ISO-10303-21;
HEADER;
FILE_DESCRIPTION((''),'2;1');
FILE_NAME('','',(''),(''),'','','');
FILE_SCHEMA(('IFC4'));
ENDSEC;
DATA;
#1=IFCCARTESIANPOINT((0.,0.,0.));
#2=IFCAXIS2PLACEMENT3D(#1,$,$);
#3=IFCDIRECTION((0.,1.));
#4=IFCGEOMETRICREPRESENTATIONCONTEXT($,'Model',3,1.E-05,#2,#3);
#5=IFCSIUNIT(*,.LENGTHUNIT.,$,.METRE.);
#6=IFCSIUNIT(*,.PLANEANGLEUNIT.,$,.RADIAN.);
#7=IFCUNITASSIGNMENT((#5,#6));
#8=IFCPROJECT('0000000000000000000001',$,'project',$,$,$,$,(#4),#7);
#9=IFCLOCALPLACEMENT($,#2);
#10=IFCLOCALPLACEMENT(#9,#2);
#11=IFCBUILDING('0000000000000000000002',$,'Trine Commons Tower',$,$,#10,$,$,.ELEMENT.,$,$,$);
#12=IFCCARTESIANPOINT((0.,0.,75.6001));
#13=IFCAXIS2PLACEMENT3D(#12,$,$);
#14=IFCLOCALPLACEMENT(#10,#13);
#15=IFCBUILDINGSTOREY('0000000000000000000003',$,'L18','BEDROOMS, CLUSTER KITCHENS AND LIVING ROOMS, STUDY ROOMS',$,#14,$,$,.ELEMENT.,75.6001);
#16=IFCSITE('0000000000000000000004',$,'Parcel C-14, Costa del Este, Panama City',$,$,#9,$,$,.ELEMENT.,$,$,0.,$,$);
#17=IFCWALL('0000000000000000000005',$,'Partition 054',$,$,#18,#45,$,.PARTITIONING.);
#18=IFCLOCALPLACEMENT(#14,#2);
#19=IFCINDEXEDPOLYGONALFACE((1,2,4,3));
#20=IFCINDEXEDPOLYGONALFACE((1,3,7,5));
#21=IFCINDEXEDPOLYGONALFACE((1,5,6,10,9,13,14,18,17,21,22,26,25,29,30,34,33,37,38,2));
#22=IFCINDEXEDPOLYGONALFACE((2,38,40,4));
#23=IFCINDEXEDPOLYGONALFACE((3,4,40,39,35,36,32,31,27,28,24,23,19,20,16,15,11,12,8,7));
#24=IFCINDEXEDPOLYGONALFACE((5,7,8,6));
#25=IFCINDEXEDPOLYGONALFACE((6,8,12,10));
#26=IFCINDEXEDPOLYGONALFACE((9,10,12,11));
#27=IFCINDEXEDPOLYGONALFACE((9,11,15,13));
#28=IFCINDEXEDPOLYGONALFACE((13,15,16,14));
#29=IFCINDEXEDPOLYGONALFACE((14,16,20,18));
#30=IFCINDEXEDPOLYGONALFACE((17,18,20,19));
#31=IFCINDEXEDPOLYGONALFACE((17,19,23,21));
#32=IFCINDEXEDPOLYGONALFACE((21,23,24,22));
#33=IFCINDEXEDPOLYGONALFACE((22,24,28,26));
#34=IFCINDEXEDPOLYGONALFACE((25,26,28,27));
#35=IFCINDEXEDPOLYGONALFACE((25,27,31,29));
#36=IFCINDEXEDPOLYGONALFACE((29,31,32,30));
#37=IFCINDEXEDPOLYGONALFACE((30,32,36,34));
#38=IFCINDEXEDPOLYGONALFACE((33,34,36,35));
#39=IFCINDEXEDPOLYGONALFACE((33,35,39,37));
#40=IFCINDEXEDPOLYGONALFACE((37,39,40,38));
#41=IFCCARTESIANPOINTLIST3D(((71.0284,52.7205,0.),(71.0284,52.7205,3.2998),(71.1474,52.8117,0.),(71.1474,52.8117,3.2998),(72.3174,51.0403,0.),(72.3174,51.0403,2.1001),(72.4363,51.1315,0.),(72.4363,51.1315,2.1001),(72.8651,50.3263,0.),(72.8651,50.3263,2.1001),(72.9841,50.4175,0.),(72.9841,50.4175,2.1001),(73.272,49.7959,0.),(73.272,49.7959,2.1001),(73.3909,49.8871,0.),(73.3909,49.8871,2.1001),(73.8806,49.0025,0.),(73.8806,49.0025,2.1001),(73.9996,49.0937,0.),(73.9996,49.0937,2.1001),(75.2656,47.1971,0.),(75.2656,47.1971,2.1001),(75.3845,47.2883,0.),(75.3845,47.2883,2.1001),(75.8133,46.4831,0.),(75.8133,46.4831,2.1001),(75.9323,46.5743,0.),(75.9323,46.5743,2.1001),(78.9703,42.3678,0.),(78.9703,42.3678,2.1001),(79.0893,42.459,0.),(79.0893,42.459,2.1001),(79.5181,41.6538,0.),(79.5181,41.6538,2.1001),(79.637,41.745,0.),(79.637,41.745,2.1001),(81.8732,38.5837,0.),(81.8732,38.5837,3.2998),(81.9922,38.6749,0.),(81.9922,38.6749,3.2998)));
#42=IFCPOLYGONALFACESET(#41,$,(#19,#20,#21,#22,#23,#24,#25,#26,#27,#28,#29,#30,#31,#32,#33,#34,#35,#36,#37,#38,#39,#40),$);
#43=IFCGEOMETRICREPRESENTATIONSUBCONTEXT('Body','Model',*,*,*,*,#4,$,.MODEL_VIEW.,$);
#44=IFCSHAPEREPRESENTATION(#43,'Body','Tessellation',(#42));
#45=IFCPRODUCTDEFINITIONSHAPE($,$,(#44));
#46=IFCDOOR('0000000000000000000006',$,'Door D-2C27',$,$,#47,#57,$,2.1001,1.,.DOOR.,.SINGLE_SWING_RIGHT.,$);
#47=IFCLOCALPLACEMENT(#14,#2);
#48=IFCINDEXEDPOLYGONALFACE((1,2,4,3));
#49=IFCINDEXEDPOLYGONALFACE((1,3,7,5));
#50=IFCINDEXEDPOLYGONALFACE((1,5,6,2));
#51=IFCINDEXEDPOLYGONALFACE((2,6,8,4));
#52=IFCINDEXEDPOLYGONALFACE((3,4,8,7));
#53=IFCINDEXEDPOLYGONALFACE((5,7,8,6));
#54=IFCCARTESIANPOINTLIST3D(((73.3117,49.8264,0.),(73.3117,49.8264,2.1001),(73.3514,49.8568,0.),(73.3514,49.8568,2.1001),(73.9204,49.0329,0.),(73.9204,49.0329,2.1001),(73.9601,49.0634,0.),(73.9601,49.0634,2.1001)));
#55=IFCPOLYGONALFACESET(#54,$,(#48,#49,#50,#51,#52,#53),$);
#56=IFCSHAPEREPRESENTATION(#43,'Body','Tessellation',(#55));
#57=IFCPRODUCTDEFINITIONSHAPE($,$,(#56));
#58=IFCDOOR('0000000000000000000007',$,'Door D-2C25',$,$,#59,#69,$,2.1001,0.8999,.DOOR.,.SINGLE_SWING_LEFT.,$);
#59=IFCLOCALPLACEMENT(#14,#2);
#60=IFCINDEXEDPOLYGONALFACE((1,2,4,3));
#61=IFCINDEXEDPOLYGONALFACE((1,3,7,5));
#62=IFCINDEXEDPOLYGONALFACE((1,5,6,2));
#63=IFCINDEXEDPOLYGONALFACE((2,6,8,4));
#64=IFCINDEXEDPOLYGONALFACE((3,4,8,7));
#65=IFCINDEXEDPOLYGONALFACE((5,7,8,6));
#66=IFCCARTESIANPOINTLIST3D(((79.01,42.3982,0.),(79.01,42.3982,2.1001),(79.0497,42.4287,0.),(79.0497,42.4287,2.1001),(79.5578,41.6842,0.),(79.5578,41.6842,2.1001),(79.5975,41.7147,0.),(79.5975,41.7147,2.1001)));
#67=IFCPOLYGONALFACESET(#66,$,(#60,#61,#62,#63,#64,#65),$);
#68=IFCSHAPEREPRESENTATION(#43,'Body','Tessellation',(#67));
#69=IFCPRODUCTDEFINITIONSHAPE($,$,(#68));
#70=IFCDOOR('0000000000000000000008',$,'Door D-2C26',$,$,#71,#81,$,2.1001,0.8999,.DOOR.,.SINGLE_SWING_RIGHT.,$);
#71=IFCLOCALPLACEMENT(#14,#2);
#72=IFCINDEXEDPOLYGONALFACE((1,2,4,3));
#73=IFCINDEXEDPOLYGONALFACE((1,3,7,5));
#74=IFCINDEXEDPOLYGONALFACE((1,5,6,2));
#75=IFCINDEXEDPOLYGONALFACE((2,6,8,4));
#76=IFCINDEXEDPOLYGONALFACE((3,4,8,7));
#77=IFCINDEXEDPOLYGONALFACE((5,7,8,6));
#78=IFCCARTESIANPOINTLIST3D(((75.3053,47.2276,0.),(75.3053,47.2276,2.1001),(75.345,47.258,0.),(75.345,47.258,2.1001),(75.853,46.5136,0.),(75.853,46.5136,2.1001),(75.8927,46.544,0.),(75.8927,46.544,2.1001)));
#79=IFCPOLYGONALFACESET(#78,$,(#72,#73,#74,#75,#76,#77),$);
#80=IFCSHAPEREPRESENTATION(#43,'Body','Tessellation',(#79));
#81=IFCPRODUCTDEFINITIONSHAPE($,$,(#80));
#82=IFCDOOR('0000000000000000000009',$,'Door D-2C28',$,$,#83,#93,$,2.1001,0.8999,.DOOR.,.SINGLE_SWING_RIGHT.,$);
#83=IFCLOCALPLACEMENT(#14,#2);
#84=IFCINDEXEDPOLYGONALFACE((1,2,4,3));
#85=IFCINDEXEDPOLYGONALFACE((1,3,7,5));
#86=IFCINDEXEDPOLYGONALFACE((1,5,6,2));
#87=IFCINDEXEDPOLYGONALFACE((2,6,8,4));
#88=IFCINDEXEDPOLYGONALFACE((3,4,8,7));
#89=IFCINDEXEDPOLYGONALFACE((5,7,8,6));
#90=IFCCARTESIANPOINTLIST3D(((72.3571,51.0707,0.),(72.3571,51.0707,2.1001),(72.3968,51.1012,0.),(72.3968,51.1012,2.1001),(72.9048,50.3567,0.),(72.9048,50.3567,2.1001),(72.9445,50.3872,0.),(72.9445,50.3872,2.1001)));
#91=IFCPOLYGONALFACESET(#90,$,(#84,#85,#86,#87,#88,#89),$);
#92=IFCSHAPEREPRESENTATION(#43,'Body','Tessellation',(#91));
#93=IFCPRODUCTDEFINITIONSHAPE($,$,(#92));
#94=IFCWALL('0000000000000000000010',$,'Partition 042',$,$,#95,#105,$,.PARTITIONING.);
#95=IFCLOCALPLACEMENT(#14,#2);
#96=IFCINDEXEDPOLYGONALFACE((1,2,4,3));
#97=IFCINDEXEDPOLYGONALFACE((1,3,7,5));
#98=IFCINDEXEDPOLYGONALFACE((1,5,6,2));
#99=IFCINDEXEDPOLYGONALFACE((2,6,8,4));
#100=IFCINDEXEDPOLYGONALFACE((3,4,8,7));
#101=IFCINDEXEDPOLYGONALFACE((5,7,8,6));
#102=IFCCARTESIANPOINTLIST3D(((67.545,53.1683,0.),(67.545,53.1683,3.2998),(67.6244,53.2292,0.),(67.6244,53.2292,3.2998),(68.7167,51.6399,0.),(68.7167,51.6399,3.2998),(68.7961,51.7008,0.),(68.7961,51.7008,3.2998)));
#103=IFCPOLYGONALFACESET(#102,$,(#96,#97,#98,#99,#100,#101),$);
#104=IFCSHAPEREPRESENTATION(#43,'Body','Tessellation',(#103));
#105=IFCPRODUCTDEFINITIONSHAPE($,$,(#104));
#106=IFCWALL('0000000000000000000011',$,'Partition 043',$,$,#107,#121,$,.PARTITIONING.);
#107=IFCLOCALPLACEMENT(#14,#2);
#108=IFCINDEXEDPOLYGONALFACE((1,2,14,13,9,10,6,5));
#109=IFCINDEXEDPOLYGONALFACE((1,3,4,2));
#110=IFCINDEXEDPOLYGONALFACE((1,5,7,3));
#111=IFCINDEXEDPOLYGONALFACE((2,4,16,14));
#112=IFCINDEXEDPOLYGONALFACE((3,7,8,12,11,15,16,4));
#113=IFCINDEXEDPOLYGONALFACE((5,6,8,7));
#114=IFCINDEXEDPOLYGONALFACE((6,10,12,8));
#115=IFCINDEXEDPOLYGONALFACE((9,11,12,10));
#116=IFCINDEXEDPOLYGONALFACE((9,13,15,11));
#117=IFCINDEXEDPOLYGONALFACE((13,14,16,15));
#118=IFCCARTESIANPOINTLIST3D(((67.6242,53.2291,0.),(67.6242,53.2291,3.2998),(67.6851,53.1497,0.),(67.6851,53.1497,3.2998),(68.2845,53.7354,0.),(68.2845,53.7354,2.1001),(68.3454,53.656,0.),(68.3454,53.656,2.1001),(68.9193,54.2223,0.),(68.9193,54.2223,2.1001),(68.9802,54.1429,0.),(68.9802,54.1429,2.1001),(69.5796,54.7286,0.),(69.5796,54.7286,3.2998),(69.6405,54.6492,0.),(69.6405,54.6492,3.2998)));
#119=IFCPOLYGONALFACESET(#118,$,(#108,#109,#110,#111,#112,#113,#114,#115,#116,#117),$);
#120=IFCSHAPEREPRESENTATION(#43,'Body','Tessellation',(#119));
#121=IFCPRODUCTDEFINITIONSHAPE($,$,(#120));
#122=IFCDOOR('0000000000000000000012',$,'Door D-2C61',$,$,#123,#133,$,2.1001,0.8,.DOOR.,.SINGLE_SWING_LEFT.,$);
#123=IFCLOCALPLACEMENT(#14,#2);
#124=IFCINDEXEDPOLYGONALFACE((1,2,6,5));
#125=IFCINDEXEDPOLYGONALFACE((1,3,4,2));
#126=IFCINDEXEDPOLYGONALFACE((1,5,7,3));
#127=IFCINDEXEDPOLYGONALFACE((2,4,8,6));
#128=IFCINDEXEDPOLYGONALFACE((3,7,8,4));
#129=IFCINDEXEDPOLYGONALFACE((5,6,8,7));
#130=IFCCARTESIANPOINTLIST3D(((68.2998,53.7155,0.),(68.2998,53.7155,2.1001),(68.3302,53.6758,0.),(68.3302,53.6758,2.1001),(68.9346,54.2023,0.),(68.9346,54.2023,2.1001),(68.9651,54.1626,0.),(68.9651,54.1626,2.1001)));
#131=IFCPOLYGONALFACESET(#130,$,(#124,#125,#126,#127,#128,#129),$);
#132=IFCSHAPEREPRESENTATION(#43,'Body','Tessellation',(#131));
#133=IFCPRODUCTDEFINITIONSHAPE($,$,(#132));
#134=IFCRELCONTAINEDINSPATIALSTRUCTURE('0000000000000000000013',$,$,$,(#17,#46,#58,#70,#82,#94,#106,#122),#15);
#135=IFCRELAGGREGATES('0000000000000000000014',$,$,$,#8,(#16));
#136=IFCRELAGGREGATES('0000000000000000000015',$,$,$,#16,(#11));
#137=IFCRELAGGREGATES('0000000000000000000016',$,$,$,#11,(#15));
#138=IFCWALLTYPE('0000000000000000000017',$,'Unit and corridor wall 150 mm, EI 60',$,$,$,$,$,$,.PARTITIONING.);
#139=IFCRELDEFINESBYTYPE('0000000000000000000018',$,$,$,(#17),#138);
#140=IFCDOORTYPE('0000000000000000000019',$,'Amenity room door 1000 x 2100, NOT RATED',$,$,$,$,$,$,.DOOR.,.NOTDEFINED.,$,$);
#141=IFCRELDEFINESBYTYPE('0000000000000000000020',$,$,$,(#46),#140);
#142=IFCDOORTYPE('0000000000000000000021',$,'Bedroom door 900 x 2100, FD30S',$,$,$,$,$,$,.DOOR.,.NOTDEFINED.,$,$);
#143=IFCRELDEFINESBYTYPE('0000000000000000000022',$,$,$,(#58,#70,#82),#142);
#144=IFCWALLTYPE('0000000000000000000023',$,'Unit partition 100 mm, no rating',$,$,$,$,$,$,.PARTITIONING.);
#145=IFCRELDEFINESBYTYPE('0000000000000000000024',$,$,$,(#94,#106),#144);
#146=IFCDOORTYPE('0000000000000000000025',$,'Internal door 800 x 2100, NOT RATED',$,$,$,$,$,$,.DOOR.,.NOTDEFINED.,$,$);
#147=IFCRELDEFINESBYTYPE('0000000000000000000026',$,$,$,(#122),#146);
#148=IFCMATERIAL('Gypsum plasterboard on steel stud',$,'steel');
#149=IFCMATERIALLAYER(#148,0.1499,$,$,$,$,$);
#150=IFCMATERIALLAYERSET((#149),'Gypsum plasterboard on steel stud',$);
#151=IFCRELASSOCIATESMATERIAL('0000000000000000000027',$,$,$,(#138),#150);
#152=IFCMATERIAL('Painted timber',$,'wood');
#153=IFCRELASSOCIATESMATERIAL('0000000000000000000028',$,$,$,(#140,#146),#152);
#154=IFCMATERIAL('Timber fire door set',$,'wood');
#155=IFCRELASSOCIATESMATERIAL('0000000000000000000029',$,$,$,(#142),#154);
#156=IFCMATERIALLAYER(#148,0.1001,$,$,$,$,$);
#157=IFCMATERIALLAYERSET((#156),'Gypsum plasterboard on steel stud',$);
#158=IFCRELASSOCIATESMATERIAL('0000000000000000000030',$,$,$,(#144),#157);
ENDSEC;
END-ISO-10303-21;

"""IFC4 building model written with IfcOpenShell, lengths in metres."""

from ifc_helpers import new_model, si_unit, direction, frame, frame_2d, origin, place, context, subcontext, project, spatial, rectangle, extrude, material, layer, layer_set, type_object, element, fill, save


model = new_model("IFC4")

# Units and contexts
model_context = context("Model", 3, precision=1e-05, world=origin(), true_north=direction((0.0, 1.0)))
body_context = subcontext(model_context, "Body", "Model", "MODEL_VIEW")
ifc_project = project(units=[si_unit("LENGTHUNIT", "METRE"), si_unit("PLANEANGLEUNIT", "RADIAN")], contexts=[model_context])

# Site, building, storey
site_placement = place(None, origin())
site = spatial("IfcSite", under=ifc_project, at=site_placement, Name="Parcel C-14, Costa del Este, Panama City", CompositionType="ELEMENT", RefElevation=0.0)
building_placement = place(site_placement, origin())
building = spatial("IfcBuilding", under=site, at=building_placement, Name="Trine Commons Tower", CompositionType="ELEMENT")
storey_placement = place(building_placement, frame((0.0, 0.0, 75.6001)))
storey = spatial("IfcBuildingStorey", under=building, at=storey_placement, Name="L18", Description="BEDROOMS, CLUSTER KITCHENS AND LIVING ROOMS, STUDY ROOMS", CompositionType="ELEMENT", Elevation=75.6001)

# Shared definitions
ifc_material_1 = material(Name="Gypsum plasterboard on steel stud", Category="steel")
ifc_layer_1 = layer(ifc_material_1, 0.1499)
ifc_layer_set_1 = layer_set([ifc_layer_1], Name="Gypsum plasterboard on steel stud")
wall_type_1 = type_object("IfcWallType", Name="Unit and corridor wall 150 mm, EI 60", PredefinedType="PARTITIONING", material=ifc_layer_set_1)

# Wall, openings, doors
wall_1_placement = place(storey_placement, frame((71.0879, 52.7661, 0.0), z_axis=(0.0, 0.0, 1.0), x_axis=(0.608664, -0.793428, 0.0)))
wall_1 = element("IfcWall", 1, at=wall_1_placement, inside=storey, type_object=wall_type_1, Name="Partition 054", PredefinedType="PARTITIONING", context=body_context, shape_type="SweptSolid", body=[
    extrude(rectangle(XDim=17.8174, YDim=0.1499, at=frame_2d((8.9087, 0.0))), origin(), (0.0, 0.0, 1.0), 3.2998),
])
opening_1_placement = place(wall_1_placement, frame((13.0481, 0.0, 0.0)))
opening_1 = element("IfcOpeningElement", 2, at=opening_1_placement, cuts=wall_1, PredefinedType="OPENING", context=body_context, shape_type="SweptSolid", body=[
    extrude(rectangle(XDim=0.8999, YDim=2.1001, at=frame_2d((0.45, 1.05))), frame((0.0, 0.085, 0.0), z_axis=(0.0, -1.0, 0.0), x_axis=(1.0, 0.0, 0.0)), (0.0, 0.0, 1.0), 0.1699),
])
opening_2_placement = place(wall_1_placement, frame((6.9614, 0.0, 0.0)))
opening_2 = element("IfcOpeningElement", 3, at=opening_2_placement, cuts=wall_1, PredefinedType="OPENING", context=body_context, shape_type="SweptSolid", body=[
    extrude(rectangle(XDim=0.8999, YDim=2.1001, at=frame_2d((0.45, 1.05))), frame((0.0, 0.085, 0.0), z_axis=(0.0, -1.0, 0.0), x_axis=(1.0, 0.0, 0.0)), (0.0, 0.0, 1.0), 0.1699),
])
opening_3_placement = place(wall_1_placement, frame((3.686, 0.0, 0.0)))
opening_3 = element("IfcOpeningElement", 4, at=opening_3_placement, cuts=wall_1, PredefinedType="OPENING", context=body_context, shape_type="SweptSolid", body=[
    extrude(rectangle(XDim=1.0, YDim=2.1001, at=frame_2d((0.5, 1.05))), frame((0.0, 0.085, 0.0), z_axis=(0.0, -1.0, 0.0), x_axis=(1.0, 0.0, 0.0)), (0.0, 0.0, 1.0), 0.1699),
])
opening_4_placement = place(wall_1_placement, frame((2.1177, 0.0, 0.0)))
opening_4 = element("IfcOpeningElement", 5, at=opening_4_placement, cuts=wall_1, PredefinedType="OPENING", context=body_context, shape_type="SweptSolid", body=[
    extrude(rectangle(XDim=0.8999, YDim=2.1001, at=frame_2d((0.45, 1.05))), frame((0.0, 0.085, 0.0), z_axis=(0.0, -1.0, 0.0), x_axis=(1.0, 0.0, 0.0)), (0.0, 0.0, 1.0), 0.1699),
])
ifc_material_2 = material(Name="Painted timber", Category="wood")
door_type_1 = type_object("IfcDoorType", Name="Amenity room door 1000 x 2100, NOT RATED", OperationType="NOTDEFINED", PredefinedType="DOOR", material=ifc_material_2)
door_1_placement = place(opening_3_placement, frame((1.0, 0.0, 0.0), z_axis=(0.0, 0.0, 1.0), x_axis=(-1.0, 0.0, 0.0)))
door_1 = element("IfcDoor", 6, at=door_1_placement, inside=storey, type_object=door_type_1, Name="Door D-2C27", OperationType="SINGLE_SWING_RIGHT", OverallHeight=2.1001, OverallWidth=1.0, PredefinedType="DOOR", context=body_context, shape_type="SweptSolid", body=[
    extrude(rectangle(XDim=1.0, YDim=2.1001, at=frame_2d((0.5, 1.05))), frame((0.0, 0.0249, 0.0), z_axis=(0.0, -1.0, 0.0), x_axis=(1.0, 0.0, 0.0)), (0.0, 0.0, 1.0), 0.05),
])
fill(opening_3, door_1)
ifc_material_3 = material(Name="Timber fire door set", Category="wood")
door_type_2 = type_object("IfcDoorType", Name="Bedroom door 900 x 2100, FD30S", OperationType="NOTDEFINED", PredefinedType="DOOR", material=ifc_material_3)
door_2_placement = place(opening_1_placement, frame((0.8999, 0.0, 0.0), z_axis=(0.0, 0.0, 1.0), x_axis=(-1.0, 0.0, 0.0)))
door_2 = element("IfcDoor", 7, at=door_2_placement, inside=storey, type_object=door_type_2, Name="Door D-2C25", OperationType="SINGLE_SWING_LEFT", OverallHeight=2.1001, OverallWidth=0.8999, PredefinedType="DOOR", context=body_context, shape_type="SweptSolid", body=[
    extrude(rectangle(XDim=0.8999, YDim=2.1001, at=frame_2d((0.45, 1.05))), frame((0.0, 0.0249, 0.0), z_axis=(0.0, -1.0, 0.0), x_axis=(1.0, 0.0, 0.0)), (0.0, 0.0, 1.0), 0.05),
])
fill(opening_1, door_2)
door_3_placement = place(opening_2_placement, frame((0.8999, 0.0, 0.0), z_axis=(0.0, 0.0, 1.0), x_axis=(-1.0, 0.0, 0.0)))
door_3 = element("IfcDoor", 8, at=door_3_placement, inside=storey, type_object=door_type_2, Name="Door D-2C26", OperationType="SINGLE_SWING_RIGHT", OverallHeight=2.1001, OverallWidth=0.8999, PredefinedType="DOOR", context=body_context, shape_type="SweptSolid", body=[
    extrude(rectangle(XDim=0.8999, YDim=2.1001, at=frame_2d((0.45, 1.05))), frame((0.0, 0.0249, 0.0), z_axis=(0.0, -1.0, 0.0), x_axis=(1.0, 0.0, 0.0)), (0.0, 0.0, 1.0), 0.05),
])
fill(opening_2, door_3)
door_4_placement = place(opening_4_placement, frame((0.8999, 0.0, 0.0), z_axis=(0.0, 0.0, 1.0), x_axis=(-1.0, 0.0, 0.0)))
door_4 = element("IfcDoor", 9, at=door_4_placement, inside=storey, type_object=door_type_2, Name="Door D-2C28", OperationType="SINGLE_SWING_RIGHT", OverallHeight=2.1001, OverallWidth=0.8999, PredefinedType="DOOR", context=body_context, shape_type="SweptSolid", body=[
    extrude(rectangle(XDim=0.8999, YDim=2.1001, at=frame_2d((0.45, 1.05))), frame((0.0, 0.0249, 0.0), z_axis=(0.0, -1.0, 0.0), x_axis=(1.0, 0.0, 0.0)), (0.0, 0.0, 1.0), 0.05),
])
fill(opening_4, door_4)

# Wall
ifc_layer_2 = layer(ifc_material_1, 0.1001)
ifc_layer_set_2 = layer_set([ifc_layer_2], Name="Gypsum plasterboard on steel stud")
wall_type_2 = type_object("IfcWallType", Name="Unit partition 100 mm, no rating", PredefinedType="PARTITIONING", material=ifc_layer_set_2)
wall_2_placement = place(storey_placement, frame((67.5847, 53.1987, 0.0), z_axis=(0.0, 0.0, 1.0), x_axis=(0.608405, -0.793627, 0.0)))
element("IfcWall", 10, at=wall_2_placement, inside=storey, type_object=wall_type_2, Name="Partition 042", PredefinedType="PARTITIONING", context=body_context, shape_type="SweptSolid", body=[
    extrude(rectangle(XDim=1.9258, YDim=0.1001, at=frame_2d((0.9629, 0.0))), origin(), (0.0, 0.0, 1.0), 3.2998),
])

# Wall, opening, door
wall_3_placement = place(storey_placement, frame((67.6548, 53.1895, 0.0), z_axis=(0.0, 0.0, 1.0), x_axis=(0.793522, 0.608542, 0.0)))
wall_3 = element("IfcWall", 11, at=wall_3_placement, inside=storey, type_object=wall_type_2, Name="Partition 043", PredefinedType="PARTITIONING", context=body_context, shape_type="SweptSolid", body=[
    extrude(rectangle(XDim=2.4641, YDim=0.1001, at=frame_2d((1.2319, 0.0))), origin(), (0.0, 0.0, 1.0), 3.2998),
])
opening_5_placement = place(wall_3_placement, frame((0.832, 0.0, 0.0)))
opening_5 = element("IfcOpeningElement", 12, at=opening_5_placement, cuts=wall_3, PredefinedType="OPENING", context=body_context, shape_type="SweptSolid", body=[
    extrude(rectangle(XDim=0.8, YDim=2.1001, at=frame_2d((0.3999, 1.05))), frame((0.0, 0.0601, 0.0), z_axis=(0.0, -1.0, 0.0), x_axis=(1.0, 0.0, 0.0)), (0.0, 0.0, 1.0), 0.1201),
])
door_type_3 = type_object("IfcDoorType", Name="Internal door 800 x 2100, NOT RATED", OperationType="NOTDEFINED", PredefinedType="DOOR", material=ifc_material_2)
door_5_placement = place(opening_5_placement, origin())
door_5 = element("IfcDoor", 13, at=door_5_placement, inside=storey, type_object=door_type_3, Name="Door D-2C61", OperationType="SINGLE_SWING_LEFT", OverallHeight=2.1001, OverallWidth=0.8, PredefinedType="DOOR", context=body_context, shape_type="SweptSolid", body=[
    extrude(rectangle(XDim=0.8, YDim=2.1001, at=frame_2d((0.3999, 1.05))), frame((0.0, 0.0249, 0.0), z_axis=(0.0, -1.0, 0.0), x_axis=(1.0, 0.0, 0.0)), (0.0, 0.0, 1.0), 0.05),
])
fill(opening_5, door_5)

save(model, "model.ifc")
